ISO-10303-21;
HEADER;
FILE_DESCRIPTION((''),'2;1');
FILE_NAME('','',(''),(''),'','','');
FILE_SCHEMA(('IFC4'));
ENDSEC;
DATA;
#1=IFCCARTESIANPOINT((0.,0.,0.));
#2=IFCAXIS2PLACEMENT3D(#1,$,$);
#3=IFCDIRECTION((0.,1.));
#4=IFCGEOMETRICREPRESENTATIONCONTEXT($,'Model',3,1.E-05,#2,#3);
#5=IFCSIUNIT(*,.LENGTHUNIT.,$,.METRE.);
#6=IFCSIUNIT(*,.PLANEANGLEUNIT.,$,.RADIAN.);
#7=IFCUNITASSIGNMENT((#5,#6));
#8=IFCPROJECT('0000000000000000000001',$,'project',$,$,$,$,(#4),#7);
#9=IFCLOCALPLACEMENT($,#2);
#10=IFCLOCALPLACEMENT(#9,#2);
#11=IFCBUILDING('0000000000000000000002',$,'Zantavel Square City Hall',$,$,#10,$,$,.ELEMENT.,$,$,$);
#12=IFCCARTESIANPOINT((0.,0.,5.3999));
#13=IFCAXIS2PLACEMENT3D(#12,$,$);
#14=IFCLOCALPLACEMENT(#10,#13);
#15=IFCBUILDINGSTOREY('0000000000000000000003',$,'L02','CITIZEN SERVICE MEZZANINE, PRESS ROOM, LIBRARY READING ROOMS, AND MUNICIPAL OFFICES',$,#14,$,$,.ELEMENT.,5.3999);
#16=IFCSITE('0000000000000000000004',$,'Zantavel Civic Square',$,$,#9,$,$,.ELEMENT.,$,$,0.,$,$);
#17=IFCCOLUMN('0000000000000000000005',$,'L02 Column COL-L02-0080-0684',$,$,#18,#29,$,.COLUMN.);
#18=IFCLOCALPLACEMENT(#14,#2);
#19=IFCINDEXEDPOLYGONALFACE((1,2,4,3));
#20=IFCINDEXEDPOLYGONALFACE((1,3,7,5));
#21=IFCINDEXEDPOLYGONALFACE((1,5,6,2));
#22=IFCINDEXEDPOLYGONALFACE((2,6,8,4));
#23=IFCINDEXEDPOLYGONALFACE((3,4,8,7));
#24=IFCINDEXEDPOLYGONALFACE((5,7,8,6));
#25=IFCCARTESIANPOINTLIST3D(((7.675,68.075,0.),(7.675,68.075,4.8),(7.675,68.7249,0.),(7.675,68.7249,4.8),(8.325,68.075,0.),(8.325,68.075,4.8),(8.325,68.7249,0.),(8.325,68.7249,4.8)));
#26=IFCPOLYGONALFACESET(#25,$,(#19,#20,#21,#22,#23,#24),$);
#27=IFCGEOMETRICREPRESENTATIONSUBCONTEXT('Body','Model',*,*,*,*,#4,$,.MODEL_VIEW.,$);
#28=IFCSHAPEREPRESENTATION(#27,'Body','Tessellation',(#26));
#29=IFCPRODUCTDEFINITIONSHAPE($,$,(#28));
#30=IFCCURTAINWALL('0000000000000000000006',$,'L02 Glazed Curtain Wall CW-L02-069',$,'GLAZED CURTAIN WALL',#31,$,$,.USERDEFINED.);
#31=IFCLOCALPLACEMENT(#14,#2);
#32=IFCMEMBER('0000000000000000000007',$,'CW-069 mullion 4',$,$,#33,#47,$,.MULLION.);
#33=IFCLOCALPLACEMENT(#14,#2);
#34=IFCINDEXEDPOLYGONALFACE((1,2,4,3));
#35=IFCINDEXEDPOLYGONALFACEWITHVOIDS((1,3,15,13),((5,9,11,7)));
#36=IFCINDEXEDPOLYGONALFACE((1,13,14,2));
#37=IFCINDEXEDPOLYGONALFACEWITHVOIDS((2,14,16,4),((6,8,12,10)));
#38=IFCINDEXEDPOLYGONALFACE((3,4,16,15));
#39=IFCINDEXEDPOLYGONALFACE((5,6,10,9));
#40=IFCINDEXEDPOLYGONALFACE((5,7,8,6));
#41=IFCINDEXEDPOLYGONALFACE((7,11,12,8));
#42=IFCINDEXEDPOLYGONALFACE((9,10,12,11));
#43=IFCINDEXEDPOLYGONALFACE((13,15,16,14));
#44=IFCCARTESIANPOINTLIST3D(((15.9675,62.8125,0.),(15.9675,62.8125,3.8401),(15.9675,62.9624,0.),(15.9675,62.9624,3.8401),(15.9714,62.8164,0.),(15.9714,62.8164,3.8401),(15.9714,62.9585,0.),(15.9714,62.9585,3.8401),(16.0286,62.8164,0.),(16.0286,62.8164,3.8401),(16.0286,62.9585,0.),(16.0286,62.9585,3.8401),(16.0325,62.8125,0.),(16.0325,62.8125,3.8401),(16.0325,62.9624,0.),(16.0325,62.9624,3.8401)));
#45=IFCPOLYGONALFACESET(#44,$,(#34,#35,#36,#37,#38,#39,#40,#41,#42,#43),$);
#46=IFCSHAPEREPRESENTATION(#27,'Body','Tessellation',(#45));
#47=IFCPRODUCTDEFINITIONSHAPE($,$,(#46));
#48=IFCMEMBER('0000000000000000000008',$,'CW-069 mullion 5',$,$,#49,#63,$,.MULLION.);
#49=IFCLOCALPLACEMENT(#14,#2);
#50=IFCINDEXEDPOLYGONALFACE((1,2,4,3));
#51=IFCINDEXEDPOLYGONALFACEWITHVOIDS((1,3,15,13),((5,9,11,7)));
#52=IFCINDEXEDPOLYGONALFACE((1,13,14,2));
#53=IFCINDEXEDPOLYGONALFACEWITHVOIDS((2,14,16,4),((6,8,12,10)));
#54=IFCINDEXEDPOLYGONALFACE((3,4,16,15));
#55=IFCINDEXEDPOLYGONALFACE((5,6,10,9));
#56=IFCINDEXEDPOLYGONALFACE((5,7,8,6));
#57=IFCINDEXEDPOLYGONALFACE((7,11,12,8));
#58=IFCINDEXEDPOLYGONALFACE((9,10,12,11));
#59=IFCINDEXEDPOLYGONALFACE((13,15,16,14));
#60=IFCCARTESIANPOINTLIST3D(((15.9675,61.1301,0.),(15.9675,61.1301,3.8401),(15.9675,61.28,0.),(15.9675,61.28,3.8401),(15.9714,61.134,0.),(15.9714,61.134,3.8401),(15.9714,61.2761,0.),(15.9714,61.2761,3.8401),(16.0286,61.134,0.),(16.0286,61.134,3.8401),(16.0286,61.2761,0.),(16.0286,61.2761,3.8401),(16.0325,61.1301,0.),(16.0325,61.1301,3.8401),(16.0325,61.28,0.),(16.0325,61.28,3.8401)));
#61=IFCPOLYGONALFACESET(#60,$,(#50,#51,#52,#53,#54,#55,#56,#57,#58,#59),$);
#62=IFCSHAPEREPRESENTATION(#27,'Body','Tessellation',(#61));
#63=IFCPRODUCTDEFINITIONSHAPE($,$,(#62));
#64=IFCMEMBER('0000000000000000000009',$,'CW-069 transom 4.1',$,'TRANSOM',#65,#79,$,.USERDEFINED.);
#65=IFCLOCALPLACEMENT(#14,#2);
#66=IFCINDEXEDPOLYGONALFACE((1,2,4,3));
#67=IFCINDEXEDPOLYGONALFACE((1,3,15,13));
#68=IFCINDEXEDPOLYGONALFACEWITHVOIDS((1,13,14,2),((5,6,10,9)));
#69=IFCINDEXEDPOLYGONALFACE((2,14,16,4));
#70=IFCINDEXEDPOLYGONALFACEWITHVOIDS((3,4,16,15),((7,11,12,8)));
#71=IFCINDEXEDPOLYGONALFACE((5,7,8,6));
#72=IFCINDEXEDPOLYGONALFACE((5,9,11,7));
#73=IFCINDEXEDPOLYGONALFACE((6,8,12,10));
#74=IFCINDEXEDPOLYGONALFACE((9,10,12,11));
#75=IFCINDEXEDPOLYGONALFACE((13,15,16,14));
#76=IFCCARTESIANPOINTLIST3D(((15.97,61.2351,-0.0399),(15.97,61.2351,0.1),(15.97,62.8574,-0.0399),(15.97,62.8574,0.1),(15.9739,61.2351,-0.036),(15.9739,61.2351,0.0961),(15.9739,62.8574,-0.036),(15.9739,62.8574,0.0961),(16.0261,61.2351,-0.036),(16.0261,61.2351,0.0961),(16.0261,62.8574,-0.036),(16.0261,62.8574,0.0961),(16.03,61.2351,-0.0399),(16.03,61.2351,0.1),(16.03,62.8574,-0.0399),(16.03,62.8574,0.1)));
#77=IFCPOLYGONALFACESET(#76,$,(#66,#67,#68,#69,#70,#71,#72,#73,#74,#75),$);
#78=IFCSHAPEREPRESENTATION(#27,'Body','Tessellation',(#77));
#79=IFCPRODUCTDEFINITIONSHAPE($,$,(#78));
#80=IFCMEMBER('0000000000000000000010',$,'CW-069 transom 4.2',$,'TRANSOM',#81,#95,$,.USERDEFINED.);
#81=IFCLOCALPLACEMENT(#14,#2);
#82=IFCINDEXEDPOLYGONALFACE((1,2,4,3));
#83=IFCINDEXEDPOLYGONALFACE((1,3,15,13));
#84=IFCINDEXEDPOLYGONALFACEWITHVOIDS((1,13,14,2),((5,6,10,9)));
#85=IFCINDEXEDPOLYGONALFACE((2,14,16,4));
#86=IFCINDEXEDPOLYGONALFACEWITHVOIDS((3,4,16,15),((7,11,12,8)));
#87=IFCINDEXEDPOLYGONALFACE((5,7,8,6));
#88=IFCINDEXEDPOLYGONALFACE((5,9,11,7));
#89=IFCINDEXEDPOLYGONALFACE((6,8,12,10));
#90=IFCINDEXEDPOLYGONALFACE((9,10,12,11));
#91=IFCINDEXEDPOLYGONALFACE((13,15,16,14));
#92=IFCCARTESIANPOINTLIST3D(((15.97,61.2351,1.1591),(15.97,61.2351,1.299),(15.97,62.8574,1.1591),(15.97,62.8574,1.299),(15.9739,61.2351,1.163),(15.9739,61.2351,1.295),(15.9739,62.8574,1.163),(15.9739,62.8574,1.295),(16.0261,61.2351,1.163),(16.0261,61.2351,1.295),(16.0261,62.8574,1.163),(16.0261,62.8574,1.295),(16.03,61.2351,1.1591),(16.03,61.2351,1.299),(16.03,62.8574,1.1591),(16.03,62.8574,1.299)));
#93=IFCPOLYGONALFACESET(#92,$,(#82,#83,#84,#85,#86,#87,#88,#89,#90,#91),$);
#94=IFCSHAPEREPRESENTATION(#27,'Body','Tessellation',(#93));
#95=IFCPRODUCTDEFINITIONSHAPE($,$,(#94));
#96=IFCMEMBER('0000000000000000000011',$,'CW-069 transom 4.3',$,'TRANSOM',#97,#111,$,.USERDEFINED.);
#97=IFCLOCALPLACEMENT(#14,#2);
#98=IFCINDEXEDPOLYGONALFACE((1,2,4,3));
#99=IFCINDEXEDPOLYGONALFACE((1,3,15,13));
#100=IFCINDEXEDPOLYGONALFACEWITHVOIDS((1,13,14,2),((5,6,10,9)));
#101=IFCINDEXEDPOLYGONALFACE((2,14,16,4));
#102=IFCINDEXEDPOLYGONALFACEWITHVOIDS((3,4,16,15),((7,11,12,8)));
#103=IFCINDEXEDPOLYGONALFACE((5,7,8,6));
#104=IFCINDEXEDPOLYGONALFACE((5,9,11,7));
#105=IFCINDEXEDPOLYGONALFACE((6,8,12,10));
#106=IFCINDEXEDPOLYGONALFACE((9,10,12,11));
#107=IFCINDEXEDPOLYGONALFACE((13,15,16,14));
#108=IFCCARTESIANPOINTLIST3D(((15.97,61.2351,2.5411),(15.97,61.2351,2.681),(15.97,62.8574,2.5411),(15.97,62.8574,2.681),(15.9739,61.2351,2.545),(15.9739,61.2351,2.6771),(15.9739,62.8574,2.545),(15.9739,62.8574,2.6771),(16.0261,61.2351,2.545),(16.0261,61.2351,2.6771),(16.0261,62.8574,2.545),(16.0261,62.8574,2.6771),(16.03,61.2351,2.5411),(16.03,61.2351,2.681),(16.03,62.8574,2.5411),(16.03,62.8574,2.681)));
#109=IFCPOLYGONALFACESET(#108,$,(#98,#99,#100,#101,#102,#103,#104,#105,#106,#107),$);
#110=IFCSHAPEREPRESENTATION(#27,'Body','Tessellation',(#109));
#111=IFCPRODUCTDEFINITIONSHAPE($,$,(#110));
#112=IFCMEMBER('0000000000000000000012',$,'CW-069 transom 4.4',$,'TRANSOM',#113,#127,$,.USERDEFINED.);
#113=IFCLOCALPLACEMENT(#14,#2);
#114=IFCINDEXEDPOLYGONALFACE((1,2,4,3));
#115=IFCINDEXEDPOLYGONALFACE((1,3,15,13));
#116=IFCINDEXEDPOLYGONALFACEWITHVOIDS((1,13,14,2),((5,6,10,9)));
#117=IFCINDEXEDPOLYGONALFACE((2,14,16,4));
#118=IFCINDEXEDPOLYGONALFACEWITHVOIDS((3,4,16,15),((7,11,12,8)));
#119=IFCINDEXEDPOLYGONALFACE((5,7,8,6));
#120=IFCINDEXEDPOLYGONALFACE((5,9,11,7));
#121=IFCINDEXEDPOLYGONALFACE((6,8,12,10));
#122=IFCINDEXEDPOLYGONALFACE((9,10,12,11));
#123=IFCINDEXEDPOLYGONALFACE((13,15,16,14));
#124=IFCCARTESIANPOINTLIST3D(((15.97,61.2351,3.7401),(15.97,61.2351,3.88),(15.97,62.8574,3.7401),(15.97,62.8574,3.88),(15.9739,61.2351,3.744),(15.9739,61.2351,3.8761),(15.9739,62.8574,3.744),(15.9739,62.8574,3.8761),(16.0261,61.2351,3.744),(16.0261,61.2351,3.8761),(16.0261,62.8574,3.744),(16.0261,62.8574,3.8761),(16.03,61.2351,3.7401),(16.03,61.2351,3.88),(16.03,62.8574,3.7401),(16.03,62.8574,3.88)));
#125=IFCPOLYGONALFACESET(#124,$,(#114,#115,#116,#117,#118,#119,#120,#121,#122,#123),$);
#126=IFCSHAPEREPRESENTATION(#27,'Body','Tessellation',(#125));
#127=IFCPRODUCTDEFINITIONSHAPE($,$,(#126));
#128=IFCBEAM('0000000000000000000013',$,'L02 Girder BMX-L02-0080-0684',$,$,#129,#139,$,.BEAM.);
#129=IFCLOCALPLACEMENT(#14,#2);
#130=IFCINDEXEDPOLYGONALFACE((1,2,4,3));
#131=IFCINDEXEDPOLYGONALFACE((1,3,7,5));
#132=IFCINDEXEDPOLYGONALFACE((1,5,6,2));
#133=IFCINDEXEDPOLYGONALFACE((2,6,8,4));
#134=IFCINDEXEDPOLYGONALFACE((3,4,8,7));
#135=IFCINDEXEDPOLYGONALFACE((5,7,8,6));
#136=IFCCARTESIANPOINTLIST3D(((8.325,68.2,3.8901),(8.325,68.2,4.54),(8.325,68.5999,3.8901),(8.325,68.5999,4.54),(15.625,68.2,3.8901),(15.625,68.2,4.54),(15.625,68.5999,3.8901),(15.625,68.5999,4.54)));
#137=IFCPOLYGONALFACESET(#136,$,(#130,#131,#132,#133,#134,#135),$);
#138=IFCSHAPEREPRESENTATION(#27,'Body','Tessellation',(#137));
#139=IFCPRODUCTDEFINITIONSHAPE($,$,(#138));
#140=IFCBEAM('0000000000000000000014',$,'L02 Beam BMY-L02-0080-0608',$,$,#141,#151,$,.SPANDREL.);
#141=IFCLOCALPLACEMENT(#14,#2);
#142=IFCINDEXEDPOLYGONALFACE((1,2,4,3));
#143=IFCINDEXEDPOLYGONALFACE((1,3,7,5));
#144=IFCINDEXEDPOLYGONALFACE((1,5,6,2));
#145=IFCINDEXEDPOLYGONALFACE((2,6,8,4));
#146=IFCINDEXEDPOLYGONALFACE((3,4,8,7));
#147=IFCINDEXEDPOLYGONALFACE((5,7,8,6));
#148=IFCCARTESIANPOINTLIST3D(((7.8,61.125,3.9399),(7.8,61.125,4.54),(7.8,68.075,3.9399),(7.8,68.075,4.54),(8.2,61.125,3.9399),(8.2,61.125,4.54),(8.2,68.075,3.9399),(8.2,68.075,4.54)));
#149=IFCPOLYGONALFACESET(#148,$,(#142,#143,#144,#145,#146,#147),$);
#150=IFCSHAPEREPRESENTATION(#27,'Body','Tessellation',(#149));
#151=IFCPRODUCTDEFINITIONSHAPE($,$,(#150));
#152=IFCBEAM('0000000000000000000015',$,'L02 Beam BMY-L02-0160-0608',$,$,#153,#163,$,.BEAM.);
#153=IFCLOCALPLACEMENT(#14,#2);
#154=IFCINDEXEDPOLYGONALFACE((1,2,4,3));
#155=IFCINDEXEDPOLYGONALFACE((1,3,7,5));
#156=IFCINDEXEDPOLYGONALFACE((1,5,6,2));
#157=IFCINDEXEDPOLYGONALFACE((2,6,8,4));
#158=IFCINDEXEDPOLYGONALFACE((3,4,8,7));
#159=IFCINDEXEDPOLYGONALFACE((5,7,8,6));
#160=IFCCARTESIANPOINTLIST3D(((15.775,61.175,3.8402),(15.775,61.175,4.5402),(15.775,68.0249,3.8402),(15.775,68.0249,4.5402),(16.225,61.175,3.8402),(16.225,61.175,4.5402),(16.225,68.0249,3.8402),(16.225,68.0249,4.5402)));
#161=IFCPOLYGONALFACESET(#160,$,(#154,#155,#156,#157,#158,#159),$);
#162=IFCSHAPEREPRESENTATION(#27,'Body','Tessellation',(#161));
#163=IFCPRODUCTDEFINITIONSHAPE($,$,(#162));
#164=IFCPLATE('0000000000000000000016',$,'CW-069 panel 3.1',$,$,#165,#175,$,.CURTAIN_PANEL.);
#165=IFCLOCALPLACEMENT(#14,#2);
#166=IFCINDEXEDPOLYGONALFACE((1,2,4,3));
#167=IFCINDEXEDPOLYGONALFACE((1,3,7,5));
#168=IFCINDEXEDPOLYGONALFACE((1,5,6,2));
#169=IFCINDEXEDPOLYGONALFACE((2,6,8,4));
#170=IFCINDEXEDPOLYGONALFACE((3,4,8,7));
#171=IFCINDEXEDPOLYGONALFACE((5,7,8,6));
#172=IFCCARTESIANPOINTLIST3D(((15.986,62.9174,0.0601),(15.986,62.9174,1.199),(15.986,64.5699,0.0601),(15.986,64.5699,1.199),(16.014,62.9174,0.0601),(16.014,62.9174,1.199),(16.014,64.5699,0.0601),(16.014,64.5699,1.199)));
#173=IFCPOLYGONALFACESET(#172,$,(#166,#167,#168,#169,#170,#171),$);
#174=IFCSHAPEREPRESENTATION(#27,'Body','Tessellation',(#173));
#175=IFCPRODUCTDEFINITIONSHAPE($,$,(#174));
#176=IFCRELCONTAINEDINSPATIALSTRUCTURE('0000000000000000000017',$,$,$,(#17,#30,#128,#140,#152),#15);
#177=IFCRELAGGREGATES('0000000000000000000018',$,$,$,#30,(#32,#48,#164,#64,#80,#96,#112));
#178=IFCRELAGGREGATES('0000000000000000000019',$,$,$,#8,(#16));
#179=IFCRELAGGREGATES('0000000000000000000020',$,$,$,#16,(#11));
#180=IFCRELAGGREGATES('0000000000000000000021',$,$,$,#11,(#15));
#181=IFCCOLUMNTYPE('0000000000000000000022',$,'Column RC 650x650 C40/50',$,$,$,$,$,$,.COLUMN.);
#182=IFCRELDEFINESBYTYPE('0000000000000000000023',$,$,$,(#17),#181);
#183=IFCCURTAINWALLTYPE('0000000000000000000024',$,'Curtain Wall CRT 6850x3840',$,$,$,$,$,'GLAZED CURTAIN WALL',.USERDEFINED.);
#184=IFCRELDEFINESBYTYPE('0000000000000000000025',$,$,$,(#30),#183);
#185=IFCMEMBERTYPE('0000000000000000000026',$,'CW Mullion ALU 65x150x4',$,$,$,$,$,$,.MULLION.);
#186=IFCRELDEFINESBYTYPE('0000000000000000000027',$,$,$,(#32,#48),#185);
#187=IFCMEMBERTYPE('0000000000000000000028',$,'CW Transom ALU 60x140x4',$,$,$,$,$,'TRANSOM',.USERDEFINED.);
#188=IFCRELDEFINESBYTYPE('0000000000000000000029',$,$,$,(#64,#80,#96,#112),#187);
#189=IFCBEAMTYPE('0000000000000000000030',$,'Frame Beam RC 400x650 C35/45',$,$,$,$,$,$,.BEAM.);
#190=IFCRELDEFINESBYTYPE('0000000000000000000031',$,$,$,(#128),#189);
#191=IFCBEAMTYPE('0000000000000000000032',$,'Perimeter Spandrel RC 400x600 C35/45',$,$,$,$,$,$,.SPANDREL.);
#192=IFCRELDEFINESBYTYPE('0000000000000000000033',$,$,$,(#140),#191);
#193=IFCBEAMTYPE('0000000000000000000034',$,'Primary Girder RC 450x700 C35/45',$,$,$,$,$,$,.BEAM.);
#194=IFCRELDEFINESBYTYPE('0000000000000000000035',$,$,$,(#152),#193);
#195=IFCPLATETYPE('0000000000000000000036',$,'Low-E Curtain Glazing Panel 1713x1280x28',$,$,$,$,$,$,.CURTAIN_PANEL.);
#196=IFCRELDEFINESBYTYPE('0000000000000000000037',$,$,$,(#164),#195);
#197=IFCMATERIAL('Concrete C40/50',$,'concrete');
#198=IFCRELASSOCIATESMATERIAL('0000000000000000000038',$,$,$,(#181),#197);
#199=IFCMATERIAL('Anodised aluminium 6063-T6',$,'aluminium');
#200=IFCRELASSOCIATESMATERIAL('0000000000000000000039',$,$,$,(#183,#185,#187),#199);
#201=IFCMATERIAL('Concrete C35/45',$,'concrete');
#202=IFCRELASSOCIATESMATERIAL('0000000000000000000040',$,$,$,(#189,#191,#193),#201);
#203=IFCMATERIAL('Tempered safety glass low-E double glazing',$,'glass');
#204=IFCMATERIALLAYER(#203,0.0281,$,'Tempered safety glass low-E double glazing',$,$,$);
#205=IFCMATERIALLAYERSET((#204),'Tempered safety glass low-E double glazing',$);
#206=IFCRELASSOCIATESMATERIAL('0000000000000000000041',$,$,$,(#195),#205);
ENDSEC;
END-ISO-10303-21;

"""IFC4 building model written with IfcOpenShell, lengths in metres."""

from ifc_helpers import new_model, si_unit, direction, frame, origin, origin_2d, place, context, subcontext, project, spatial, rectangle, hollow_rectangle, extrude, material, layer, layer_set, material_profile, profile_set, type_object, element, aggregate, save


model = new_model("IFC4")

# Units and contexts
model_context = context("Model", 3, precision=1e-05, world=origin(), true_north=direction((0.0, 1.0)))
body_context = subcontext(model_context, "Body", "Model", "MODEL_VIEW")
ifc_project = project(units=[si_unit("LENGTHUNIT", "METRE"), si_unit("PLANEANGLEUNIT", "RADIAN")], contexts=[model_context])

# Site, building, storey
site_placement = place(None, origin())
site = spatial("IfcSite", under=ifc_project, at=site_placement, Name="Zantavel Civic Square", CompositionType="ELEMENT", RefElevation=0.0)
building_placement = place(site_placement, origin())
building = spatial("IfcBuilding", under=site, at=building_placement, Name="Zantavel Square City Hall", CompositionType="ELEMENT")
storey_placement = place(building_placement, frame((0.0, 0.0, 5.3999)))
storey = spatial("IfcBuildingStorey", under=building, at=storey_placement, Name="L02", Description="CITIZEN SERVICE MEZZANINE, PRESS ROOM, LIBRARY READING ROOMS, AND MUNICIPAL OFFICES", CompositionType="ELEMENT", Elevation=5.3999)

# Column
ifc_material_1 = material(Name="Concrete C40/50", Category="concrete")
ifc_material_profile_1 = material_profile(ifc_material_1, rectangle(XDim=0.6499, YDim=0.6499, at=origin_2d()), Name="RC 650x650")
ifc_profile_set_1 = profile_set([ifc_material_profile_1], Name="Concrete C40/50")
column_type = type_object("IfcColumnType", Name="Column RC 650x650 C40/50", PredefinedType="COLUMN", material=ifc_profile_set_1)
column_placement = place(storey_placement, frame((8.0, 68.3999, 0.0), z_axis=(0.0, 0.0, 1.0), x_axis=(1.0, 0.0, 0.0)))
element("IfcColumn", 1, at=column_placement, inside=storey, type_object=column_type, Name="L02 Column COL-L02-0080-0684", PredefinedType="COLUMN", context=body_context, shape_type="SweptSolid", body=[
    extrude(rectangle(XDim=0.6499, YDim=0.6499, at=origin_2d()), origin(), (0.0, 0.0, 1.0), 4.8),
])

# Curtain wall, members
ifc_material_2 = material(Name="Anodised aluminium 6063-T6", Category="aluminium")
curtain_wall_type = type_object("IfcCurtainWallType", Name="Curtain Wall CRT 6850x3840", ElementType="GLAZED CURTAIN WALL", PredefinedType="USERDEFINED", material=ifc_material_2)
curtain_wall_placement = place(storey_placement, origin())
curtain_wall = element("IfcCurtainWall", 2, at=curtain_wall_placement, inside=storey, type_object=curtain_wall_type, Name="L02 Glazed Curtain Wall CW-L02-069", ObjectType="GLAZED CURTAIN WALL", PredefinedType="USERDEFINED")
ifc_material_profile_2 = material_profile(ifc_material_2, hollow_rectangle(XDim=0.0649, YDim=0.1499, WallThickness=0.0039, at=origin_2d()), Name="ALU 65x150x4")
ifc_profile_set_2 = profile_set([ifc_material_profile_2], Name="Anodised aluminium 6063-T6")
member_type_1 = type_object("IfcMemberType", Name="CW Mullion ALU 65x150x4", PredefinedType="MULLION", material=ifc_profile_set_2)
member_1_placement = place(storey_placement, frame((16.0, 62.8875, 0.0), z_axis=(0.0, 0.0, 1.0), x_axis=(1.0, 0.0, 0.0)))
member_1 = element("IfcMember", 3, at=member_1_placement, type_object=member_type_1, Name="CW-069 mullion 4", PredefinedType="MULLION", context=body_context, shape_type="SweptSolid", body=[
    extrude(hollow_rectangle(XDim=0.0649, YDim=0.1499, WallThickness=0.0039, at=origin_2d()), origin(), (0.0, 0.0, 1.0), 3.8401),
])
member_2_placement = place(storey_placement, frame((16.0, 61.2051, 0.0), z_axis=(0.0, 0.0, 1.0), x_axis=(1.0, 0.0, 0.0)))
member_2 = element("IfcMember", 4, at=member_2_placement, type_object=member_type_1, Name="CW-069 mullion 5", PredefinedType="MULLION", context=body_context, shape_type="SweptSolid", body=[
    extrude(hollow_rectangle(XDim=0.0649, YDim=0.1499, WallThickness=0.0039, at=origin_2d()), origin(), (0.0, 0.0, 1.0), 3.8401),
])
ifc_material_profile_3 = material_profile(ifc_material_2, hollow_rectangle(XDim=0.0601, YDim=0.1399, WallThickness=0.0039, at=origin_2d()), Name="ALU 60x140x4")
ifc_profile_set_3 = profile_set([ifc_material_profile_3], Name="Anodised aluminium 6063-T6")
member_type_2 = type_object("IfcMemberType", Name="CW Transom ALU 60x140x4", ElementType="TRANSOM", PredefinedType="USERDEFINED", material=ifc_profile_set_3)
member_3_placement = place(storey_placement, frame((16.0, 62.8574, 0.03), z_axis=(0.0, -1.0, 0.0), x_axis=(1.0, 0.0, 0.0)))
member_3 = element("IfcMember", 5, at=member_3_placement, type_object=member_type_2, Name="CW-069 transom 4.1", ObjectType="TRANSOM", PredefinedType="USERDEFINED", context=body_context, shape_type="SweptSolid", body=[
    extrude(hollow_rectangle(XDim=0.0601, YDim=0.1399, WallThickness=0.0039, at=origin_2d()), origin(), (0.0, 0.0, 1.0), 1.6223),
])
member_4_placement = place(storey_placement, frame((16.0, 62.8574, 1.229), z_axis=(0.0, -1.0, 0.0), x_axis=(1.0, 0.0, 0.0)))
member_4 = element("IfcMember", 6, at=member_4_placement, type_object=member_type_2, Name="CW-069 transom 4.2", ObjectType="TRANSOM", PredefinedType="USERDEFINED", context=body_context, shape_type="SweptSolid", body=[
    extrude(hollow_rectangle(XDim=0.0601, YDim=0.1399, WallThickness=0.0039, at=origin_2d()), origin(), (0.0, 0.0, 1.0), 1.6223),
])
member_5_placement = place(storey_placement, frame((16.0, 62.8574, 2.6111), z_axis=(0.0, -1.0, 0.0), x_axis=(1.0, 0.0, 0.0)))
member_5 = element("IfcMember", 7, at=member_5_placement, type_object=member_type_2, Name="CW-069 transom 4.3", ObjectType="TRANSOM", PredefinedType="USERDEFINED", context=body_context, shape_type="SweptSolid", body=[
    extrude(hollow_rectangle(XDim=0.0601, YDim=0.1399, WallThickness=0.0039, at=origin_2d()), origin(), (0.0, 0.0, 1.0), 1.6223),
])
member_6_placement = place(storey_placement, frame((16.0, 62.8574, 3.8101), z_axis=(0.0, -1.0, 0.0), x_axis=(1.0, 0.0, 0.0)))
member_6 = element("IfcMember", 8, at=member_6_placement, type_object=member_type_2, Name="CW-069 transom 4.4", ObjectType="TRANSOM", PredefinedType="USERDEFINED", context=body_context, shape_type="SweptSolid", body=[
    extrude(hollow_rectangle(XDim=0.0601, YDim=0.1399, WallThickness=0.0039, at=origin_2d()), origin(), (0.0, 0.0, 1.0), 1.6223),
])

# Beams
ifc_material_3 = material(Name="Concrete C35/45", Category="concrete")
ifc_material_profile_4 = material_profile(ifc_material_3, rectangle(XDim=0.3999, YDim=0.6499, at=origin_2d()), Name="RC 400x650")
ifc_profile_set_4 = profile_set([ifc_material_profile_4], Name="Concrete C35/45")
beam_type_1 = type_object("IfcBeamType", Name="Frame Beam RC 400x650 C35/45", PredefinedType="BEAM", material=ifc_profile_set_4)
beam_1_placement = place(storey_placement, frame((8.325, 68.3999, 4.2151), z_axis=(1.0, 0.0, 0.0), x_axis=(0.0, 1.0, 0.0)))
element("IfcBeam", 9, at=beam_1_placement, inside=storey, type_object=beam_type_1, Name="L02 Girder BMX-L02-0080-0684", PredefinedType="BEAM", context=body_context, shape_type="SweptSolid", body=[
    extrude(rectangle(XDim=0.3999, YDim=0.6499, at=origin_2d()), origin(), (0.0, 0.0, 1.0), 7.3),
])
ifc_material_profile_5 = material_profile(ifc_material_3, rectangle(XDim=0.3999, YDim=0.6001, at=origin_2d()), Name="RC 400x600")
ifc_profile_set_5 = profile_set([ifc_material_profile_5], Name="Concrete C35/45")
beam_type_2 = type_object("IfcBeamType", Name="Perimeter Spandrel RC 400x600 C35/45", PredefinedType="SPANDREL", material=ifc_profile_set_5)
beam_2_placement = place(storey_placement, frame((8.0, 61.125, 4.24), z_axis=(0.0, 1.0, 0.0), x_axis=(-1.0, 0.0, 0.0)))
element("IfcBeam", 10, at=beam_2_placement, inside=storey, type_object=beam_type_2, Name="L02 Beam BMY-L02-0080-0608", PredefinedType="SPANDREL", context=body_context, shape_type="SweptSolid", body=[
    extrude(rectangle(XDim=0.3999, YDim=0.6001, at=origin_2d()), origin(), (0.0, 0.0, 1.0), 6.95),
])
ifc_material_profile_6 = material_profile(ifc_material_3, rectangle(XDim=0.45, YDim=0.7, at=origin_2d()), Name="RC 450x700")
ifc_profile_set_6 = profile_set([ifc_material_profile_6], Name="Concrete C35/45")
beam_type_3 = type_object("IfcBeamType", Name="Primary Girder RC 450x700 C35/45", PredefinedType="BEAM", material=ifc_profile_set_6)
beam_3_placement = place(storey_placement, frame((16.0, 61.175, 4.1902), z_axis=(0.0, 1.0, 0.0), x_axis=(-1.0, 0.0, 0.0)))
element("IfcBeam", 11, at=beam_3_placement, inside=storey, type_object=beam_type_3, Name="L02 Beam BMY-L02-0160-0608", PredefinedType="BEAM", context=body_context, shape_type="SweptSolid", body=[
    extrude(rectangle(XDim=0.45, YDim=0.7, at=origin_2d()), origin(), (0.0, 0.0, 1.0), 6.8499),
])

# Plate
ifc_material_4 = material(Name="Tempered safety glass low-E double glazing", Category="glass")
ifc_layer_1 = layer(ifc_material_4, 0.0281, Name="Tempered safety glass low-E double glazing")
ifc_layer_set_1 = layer_set([ifc_layer_1], Name="Tempered safety glass low-E double glazing")
plate_type = type_object("IfcPlateType", Name="Low-E Curtain Glazing Panel 1713x1280x28", PredefinedType="CURTAIN_PANEL", material=ifc_layer_set_1)
plate_1_placement = place(storey_placement, frame((16.0, 63.7437, 0.0601), z_axis=(0.0, 0.0, 1.0), x_axis=(0.0, -1.0, 0.0)))
plate_1 = element("IfcPlate", 12, at=plate_1_placement, type_object=plate_type, Name="CW-069 panel 3.1", PredefinedType="CURTAIN_PANEL", context=body_context, shape_type="SweptSolid", body=[
    extrude(rectangle(XDim=1.6526, YDim=0.0281, at=origin_2d()), origin(), (0.0, 0.0, 1.0), 1.1389),
])
aggregate(curtain_wall, [member_1, member_2, plate_1, member_3, member_4, member_5, member_6])

save(model, "model.ifc")
